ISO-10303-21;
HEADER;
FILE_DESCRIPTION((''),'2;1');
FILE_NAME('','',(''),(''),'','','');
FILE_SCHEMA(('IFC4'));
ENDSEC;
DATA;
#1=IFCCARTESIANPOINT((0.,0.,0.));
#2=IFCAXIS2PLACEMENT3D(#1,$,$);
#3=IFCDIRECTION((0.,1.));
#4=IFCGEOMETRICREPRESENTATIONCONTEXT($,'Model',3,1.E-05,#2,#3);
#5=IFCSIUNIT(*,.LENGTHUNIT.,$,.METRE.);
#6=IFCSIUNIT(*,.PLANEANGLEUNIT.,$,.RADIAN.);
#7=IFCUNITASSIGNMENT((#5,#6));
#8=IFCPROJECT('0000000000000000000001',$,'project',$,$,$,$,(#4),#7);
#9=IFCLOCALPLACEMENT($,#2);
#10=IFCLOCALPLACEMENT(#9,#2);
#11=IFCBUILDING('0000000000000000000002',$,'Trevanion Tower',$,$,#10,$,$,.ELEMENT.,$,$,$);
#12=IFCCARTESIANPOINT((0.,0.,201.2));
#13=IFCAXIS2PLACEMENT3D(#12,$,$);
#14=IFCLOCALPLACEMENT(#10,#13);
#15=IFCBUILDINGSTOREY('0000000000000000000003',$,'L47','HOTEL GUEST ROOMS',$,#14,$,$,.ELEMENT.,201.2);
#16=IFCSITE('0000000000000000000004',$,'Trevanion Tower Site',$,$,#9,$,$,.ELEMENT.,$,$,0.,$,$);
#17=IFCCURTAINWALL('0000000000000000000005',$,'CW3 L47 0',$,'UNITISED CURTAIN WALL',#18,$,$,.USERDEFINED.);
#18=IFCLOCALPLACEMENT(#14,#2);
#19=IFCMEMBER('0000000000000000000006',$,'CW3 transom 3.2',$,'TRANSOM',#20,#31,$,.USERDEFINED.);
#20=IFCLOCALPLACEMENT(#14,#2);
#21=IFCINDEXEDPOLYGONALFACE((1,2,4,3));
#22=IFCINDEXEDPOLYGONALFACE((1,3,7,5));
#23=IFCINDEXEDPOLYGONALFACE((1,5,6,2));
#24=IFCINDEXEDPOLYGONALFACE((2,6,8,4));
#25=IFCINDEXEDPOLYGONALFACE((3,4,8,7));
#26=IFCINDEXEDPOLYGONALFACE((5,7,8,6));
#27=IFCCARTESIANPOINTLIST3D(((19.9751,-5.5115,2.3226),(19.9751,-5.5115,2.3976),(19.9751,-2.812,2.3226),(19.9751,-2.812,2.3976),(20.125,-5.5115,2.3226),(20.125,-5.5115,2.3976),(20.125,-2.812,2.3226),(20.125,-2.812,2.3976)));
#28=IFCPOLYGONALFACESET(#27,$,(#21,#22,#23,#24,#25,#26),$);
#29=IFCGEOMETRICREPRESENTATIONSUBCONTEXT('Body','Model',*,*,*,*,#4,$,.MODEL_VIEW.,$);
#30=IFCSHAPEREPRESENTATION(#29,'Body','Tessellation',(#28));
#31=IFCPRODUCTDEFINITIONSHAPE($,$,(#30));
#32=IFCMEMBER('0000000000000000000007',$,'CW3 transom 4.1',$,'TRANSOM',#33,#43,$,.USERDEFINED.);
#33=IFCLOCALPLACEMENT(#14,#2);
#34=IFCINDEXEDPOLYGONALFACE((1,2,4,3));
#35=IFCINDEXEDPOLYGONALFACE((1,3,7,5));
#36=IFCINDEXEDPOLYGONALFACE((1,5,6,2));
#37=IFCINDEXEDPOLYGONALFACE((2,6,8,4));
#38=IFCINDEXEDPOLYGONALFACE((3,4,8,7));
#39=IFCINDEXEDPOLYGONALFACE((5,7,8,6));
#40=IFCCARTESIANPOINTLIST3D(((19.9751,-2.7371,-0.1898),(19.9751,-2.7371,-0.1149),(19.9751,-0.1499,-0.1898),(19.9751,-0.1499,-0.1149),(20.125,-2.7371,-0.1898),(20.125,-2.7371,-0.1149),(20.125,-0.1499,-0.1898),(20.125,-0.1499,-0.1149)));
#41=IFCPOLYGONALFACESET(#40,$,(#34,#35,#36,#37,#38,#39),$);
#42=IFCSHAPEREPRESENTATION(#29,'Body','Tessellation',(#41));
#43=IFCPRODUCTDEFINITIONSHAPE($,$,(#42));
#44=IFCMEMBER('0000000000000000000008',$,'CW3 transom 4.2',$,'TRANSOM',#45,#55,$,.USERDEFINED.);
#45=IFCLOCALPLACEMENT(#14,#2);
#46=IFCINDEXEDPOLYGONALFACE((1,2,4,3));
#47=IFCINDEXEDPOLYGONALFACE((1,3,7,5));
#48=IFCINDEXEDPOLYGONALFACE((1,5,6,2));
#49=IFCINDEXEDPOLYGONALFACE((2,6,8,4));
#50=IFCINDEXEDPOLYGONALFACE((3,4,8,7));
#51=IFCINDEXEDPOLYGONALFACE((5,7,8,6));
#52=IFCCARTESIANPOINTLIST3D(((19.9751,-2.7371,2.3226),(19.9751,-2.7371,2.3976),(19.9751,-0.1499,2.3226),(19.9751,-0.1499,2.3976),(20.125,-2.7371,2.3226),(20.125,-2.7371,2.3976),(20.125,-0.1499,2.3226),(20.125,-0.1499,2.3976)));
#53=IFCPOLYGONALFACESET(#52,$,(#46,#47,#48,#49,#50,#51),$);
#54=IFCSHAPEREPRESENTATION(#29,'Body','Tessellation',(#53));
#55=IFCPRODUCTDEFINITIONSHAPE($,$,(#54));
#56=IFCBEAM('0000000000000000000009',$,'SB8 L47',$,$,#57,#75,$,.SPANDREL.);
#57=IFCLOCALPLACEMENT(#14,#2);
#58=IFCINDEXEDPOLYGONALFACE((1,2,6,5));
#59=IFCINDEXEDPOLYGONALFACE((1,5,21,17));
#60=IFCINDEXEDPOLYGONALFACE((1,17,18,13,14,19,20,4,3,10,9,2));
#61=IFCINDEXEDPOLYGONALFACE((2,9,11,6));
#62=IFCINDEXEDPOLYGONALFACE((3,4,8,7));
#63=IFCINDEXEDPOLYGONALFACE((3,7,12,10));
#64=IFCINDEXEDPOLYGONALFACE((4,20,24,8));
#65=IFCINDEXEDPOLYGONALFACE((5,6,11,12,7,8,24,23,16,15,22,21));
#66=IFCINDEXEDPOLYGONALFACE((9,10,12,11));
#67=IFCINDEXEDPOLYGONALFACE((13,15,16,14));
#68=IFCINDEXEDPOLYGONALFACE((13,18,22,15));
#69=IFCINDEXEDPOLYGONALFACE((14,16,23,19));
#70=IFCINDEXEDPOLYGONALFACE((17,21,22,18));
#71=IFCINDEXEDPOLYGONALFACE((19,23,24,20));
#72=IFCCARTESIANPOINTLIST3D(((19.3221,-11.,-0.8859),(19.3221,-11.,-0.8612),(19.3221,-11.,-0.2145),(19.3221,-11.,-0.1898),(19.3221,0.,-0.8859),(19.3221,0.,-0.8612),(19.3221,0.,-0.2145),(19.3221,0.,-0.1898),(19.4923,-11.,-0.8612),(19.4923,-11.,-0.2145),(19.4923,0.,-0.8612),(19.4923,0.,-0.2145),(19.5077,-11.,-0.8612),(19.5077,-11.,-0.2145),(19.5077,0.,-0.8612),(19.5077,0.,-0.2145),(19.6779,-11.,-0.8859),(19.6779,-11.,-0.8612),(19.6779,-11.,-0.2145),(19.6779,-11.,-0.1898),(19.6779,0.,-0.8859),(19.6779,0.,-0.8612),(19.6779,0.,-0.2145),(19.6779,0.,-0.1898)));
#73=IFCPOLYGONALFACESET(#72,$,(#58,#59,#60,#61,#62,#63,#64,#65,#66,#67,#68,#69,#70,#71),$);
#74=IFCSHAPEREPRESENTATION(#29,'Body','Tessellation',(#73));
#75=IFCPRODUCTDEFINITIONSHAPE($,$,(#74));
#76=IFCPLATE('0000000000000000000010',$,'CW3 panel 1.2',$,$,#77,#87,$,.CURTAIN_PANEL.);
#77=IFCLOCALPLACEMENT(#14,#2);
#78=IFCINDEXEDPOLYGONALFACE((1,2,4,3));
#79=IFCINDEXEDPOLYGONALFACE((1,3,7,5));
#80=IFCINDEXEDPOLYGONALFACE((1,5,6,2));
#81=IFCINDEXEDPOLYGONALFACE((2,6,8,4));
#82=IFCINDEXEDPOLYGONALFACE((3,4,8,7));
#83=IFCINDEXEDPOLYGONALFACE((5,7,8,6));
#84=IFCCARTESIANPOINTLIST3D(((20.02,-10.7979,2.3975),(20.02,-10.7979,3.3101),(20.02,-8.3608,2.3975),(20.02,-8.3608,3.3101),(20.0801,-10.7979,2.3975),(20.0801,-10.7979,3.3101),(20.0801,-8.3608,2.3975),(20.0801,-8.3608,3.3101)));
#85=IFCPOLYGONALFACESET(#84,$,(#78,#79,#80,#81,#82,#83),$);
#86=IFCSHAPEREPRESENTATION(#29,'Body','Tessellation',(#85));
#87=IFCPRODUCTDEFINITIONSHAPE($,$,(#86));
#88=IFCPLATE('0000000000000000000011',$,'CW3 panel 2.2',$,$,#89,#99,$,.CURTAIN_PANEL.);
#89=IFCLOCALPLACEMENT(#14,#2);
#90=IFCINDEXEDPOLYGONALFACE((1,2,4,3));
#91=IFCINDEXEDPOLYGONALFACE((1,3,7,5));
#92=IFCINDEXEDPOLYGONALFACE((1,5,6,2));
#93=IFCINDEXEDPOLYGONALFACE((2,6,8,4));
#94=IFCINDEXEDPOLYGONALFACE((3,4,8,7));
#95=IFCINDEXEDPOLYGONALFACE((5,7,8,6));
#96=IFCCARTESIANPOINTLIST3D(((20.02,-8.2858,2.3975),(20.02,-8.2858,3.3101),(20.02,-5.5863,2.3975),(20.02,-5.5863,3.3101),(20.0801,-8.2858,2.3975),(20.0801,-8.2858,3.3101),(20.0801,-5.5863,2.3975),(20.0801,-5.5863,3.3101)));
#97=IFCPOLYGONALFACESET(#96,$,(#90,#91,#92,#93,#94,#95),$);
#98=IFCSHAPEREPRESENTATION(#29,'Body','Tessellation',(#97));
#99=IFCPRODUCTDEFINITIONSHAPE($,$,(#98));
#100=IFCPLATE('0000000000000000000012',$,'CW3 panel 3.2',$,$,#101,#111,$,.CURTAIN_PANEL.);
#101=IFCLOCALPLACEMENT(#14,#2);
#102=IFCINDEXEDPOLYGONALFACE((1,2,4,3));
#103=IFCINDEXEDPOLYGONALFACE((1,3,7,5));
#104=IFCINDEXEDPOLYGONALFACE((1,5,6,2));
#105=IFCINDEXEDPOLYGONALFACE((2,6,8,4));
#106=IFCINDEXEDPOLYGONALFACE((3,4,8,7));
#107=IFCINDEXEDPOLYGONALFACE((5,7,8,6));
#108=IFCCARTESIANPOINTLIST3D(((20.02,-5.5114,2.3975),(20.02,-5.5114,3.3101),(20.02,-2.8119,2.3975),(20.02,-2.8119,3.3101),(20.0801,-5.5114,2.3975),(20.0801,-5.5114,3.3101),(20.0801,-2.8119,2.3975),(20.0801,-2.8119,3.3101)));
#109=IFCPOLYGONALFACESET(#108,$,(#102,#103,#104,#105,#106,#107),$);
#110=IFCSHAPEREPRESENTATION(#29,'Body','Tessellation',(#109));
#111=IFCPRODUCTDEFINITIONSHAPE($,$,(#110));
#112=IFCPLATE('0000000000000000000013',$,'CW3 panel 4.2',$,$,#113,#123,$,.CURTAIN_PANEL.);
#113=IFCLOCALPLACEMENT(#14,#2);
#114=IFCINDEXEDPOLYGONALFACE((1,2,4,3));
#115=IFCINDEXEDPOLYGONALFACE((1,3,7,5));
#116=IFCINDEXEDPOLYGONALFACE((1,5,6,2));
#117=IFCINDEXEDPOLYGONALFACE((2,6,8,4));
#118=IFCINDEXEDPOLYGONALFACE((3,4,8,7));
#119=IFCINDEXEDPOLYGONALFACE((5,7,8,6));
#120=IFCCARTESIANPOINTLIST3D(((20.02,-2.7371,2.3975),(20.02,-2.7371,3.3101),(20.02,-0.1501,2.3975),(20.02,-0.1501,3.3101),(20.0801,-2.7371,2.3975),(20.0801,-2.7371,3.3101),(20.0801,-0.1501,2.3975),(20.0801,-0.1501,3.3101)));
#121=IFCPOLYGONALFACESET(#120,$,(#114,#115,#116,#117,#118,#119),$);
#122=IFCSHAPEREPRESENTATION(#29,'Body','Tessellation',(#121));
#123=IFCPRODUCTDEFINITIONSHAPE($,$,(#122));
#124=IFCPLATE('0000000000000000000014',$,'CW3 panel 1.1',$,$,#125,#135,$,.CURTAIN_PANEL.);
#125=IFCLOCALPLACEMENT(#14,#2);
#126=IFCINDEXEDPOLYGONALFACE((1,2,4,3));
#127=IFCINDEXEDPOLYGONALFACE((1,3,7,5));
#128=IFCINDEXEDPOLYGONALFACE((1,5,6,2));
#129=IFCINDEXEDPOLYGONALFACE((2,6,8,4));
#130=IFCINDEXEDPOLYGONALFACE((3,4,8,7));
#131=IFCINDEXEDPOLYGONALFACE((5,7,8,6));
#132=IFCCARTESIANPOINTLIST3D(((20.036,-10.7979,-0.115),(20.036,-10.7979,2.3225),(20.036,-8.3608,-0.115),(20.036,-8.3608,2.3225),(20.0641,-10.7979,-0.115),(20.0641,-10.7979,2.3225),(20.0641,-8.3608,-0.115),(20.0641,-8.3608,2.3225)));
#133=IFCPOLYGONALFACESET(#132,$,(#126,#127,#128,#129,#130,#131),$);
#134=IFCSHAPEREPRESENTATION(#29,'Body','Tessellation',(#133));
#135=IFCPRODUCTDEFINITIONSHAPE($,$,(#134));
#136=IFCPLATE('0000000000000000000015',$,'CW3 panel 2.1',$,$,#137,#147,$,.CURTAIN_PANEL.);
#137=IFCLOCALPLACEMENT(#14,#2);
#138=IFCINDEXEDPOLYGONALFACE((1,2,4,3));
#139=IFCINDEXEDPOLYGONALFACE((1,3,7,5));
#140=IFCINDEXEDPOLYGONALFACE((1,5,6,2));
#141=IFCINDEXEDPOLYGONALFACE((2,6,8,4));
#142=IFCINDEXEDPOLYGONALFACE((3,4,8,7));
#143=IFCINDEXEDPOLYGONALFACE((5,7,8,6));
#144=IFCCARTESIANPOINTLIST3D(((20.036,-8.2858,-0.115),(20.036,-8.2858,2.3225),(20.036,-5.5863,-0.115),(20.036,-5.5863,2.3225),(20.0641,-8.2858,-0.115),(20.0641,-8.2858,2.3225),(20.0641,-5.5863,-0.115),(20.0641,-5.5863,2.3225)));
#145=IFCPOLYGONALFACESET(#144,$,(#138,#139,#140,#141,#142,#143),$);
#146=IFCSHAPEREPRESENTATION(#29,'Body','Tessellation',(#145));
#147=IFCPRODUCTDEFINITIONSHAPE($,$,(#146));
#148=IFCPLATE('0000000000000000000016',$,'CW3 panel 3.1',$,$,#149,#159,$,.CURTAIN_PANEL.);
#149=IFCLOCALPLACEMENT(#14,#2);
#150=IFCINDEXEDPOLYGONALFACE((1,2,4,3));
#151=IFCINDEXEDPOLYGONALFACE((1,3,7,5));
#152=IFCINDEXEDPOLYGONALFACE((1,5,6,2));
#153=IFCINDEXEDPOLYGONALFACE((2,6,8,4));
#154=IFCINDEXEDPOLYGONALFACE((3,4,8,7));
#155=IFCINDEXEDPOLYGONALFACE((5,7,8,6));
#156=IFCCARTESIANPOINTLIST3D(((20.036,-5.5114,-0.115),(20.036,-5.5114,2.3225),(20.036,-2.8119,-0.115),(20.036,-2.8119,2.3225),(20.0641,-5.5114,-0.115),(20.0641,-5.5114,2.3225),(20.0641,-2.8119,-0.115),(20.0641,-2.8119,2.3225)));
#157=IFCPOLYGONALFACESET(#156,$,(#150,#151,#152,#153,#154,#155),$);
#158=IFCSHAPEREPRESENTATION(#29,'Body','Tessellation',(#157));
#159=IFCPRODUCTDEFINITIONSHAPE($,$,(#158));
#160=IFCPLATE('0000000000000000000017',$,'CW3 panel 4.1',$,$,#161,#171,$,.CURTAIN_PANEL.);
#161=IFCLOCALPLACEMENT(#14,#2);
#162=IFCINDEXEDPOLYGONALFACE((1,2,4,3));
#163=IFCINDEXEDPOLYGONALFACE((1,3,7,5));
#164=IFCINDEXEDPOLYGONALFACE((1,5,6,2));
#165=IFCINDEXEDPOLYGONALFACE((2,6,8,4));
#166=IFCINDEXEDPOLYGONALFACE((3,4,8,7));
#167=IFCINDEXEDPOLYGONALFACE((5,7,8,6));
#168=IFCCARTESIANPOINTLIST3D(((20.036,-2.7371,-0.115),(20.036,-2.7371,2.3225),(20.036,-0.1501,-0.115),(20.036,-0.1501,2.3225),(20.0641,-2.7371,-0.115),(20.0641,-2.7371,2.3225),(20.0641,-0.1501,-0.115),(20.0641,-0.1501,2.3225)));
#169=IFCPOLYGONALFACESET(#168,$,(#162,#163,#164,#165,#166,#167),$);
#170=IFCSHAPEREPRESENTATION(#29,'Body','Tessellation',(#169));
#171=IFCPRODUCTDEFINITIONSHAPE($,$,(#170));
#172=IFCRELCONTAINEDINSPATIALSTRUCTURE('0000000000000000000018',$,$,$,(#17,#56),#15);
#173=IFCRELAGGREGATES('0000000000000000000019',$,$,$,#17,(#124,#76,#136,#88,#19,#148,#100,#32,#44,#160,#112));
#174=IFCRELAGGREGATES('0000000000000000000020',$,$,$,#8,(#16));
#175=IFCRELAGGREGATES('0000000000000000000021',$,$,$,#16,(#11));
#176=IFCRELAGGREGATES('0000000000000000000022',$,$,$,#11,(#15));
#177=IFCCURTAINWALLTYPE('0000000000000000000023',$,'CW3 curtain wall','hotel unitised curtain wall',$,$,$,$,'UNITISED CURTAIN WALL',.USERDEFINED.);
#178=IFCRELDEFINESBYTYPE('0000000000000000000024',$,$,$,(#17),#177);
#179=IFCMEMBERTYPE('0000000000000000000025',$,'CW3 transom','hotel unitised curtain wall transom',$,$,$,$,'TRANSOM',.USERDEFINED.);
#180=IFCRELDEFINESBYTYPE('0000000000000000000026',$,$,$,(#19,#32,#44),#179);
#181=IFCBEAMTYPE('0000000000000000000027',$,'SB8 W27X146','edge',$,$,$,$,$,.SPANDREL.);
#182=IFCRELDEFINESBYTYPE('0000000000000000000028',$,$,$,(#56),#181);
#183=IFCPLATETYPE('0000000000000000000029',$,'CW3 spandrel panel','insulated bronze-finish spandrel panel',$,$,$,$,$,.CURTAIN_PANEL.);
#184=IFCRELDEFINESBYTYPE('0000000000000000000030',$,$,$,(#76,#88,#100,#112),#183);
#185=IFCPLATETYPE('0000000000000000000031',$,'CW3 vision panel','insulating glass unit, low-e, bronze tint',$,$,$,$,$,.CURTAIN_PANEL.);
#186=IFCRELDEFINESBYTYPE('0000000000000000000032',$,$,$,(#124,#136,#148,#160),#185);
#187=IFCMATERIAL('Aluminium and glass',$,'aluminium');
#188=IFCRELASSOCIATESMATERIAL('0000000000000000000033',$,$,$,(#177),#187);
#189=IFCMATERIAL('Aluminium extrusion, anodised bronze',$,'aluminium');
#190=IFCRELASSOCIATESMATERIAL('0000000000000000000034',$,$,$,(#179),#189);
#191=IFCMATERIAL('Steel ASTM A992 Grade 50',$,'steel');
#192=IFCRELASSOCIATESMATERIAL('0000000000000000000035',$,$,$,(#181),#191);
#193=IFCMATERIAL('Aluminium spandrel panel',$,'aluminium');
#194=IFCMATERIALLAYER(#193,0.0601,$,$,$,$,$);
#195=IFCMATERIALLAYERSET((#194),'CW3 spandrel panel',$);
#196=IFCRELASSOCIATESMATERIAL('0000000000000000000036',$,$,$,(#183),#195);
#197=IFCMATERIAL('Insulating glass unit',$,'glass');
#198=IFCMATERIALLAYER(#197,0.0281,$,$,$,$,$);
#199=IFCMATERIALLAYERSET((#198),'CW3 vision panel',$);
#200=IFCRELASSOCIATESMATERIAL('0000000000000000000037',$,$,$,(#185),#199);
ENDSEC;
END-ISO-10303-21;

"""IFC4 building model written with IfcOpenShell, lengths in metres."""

from ifc_helpers import new_model, si_unit, direction, frame, origin, origin_2d, place, context, subcontext, project, spatial, rectangle, i_section, extrude, material, layer, layer_set, material_profile, profile_set, type_object, element, aggregate, save


model = new_model("IFC4")

# Units and contexts
model_context = context("Model", 3, precision=1e-05, world=origin(), true_north=direction((0.0, 1.0)))
body_context = subcontext(model_context, "Body", "Model", "MODEL_VIEW")
ifc_project = project(units=[si_unit("LENGTHUNIT", "METRE"), si_unit("PLANEANGLEUNIT", "RADIAN")], contexts=[model_context])

# Site, building, storey
site_placement = place(None, origin())
site = spatial("IfcSite", under=ifc_project, at=site_placement, Name="Trevanion Tower Site", CompositionType="ELEMENT", RefElevation=0.0)
building_placement = place(site_placement, origin())
building = spatial("IfcBuilding", under=site, at=building_placement, Name="Trevanion Tower", CompositionType="ELEMENT")
storey_placement = place(building_placement, frame((0.0, 0.0, 201.2)))
storey = spatial("IfcBuildingStorey", under=building, at=storey_placement, Name="L47", Description="HOTEL GUEST ROOMS", CompositionType="ELEMENT", Elevation=201.2)

# Curtain wall, members
ifc_material_1 = material(Name="Aluminium and glass", Category="aluminium")
curtain_wall_type = type_object("IfcCurtainWallType", Name="CW3 curtain wall", Description="hotel unitised curtain wall", ElementType="UNITISED CURTAIN WALL", PredefinedType="USERDEFINED", material=ifc_material_1)
curtain_wall_placement = place(storey_placement, origin())
curtain_wall = element("IfcCurtainWall", 1, at=curtain_wall_placement, inside=storey, type_object=curtain_wall_type, Name="CW3 L47 0", ObjectType="UNITISED CURTAIN WALL", PredefinedType="USERDEFINED")
ifc_material_2 = material(Name="Aluminium extrusion, anodised bronze", Category="aluminium")
ifc_material_profile_1 = material_profile(ifc_material_2, rectangle(XDim=0.1499, YDim=0.075, at=origin_2d()), Name="CW3 transom")
ifc_profile_set_1 = profile_set([ifc_material_profile_1], Name="Aluminium extrusion, anodised bronze")
member_type_1 = type_object("IfcMemberType", Name="CW3 transom", Description="hotel unitised curtain wall transom", ElementType="TRANSOM", PredefinedType="USERDEFINED", material=ifc_profile_set_1)
member_1_placement = place(storey_placement, frame((20.05, -5.5115, 2.3601), z_axis=(0.0, 1.0, 0.0), x_axis=(-1.0, 0.0, 0.0)))
member_1 = element("IfcMember", 2, at=member_1_placement, type_object=member_type_1, Name="CW3 transom 3.2", ObjectType="TRANSOM", PredefinedType="USERDEFINED", context=body_context, shape_type="SweptSolid", body=[
    extrude(rectangle(XDim=0.1499, YDim=0.075, at=origin_2d()), origin(), (0.0, 0.0, 1.0), 2.6995),
])
member_2_placement = place(storey_placement, frame((20.05, -2.7371, -0.1523), z_axis=(0.0, 1.0, 0.0), x_axis=(-1.0, 0.0, 0.0)))
member_2 = element("IfcMember", 3, at=member_2_placement, type_object=member_type_1, Name="CW3 transom 4.1", ObjectType="TRANSOM", PredefinedType="USERDEFINED", context=body_context, shape_type="SweptSolid", body=[
    extrude(rectangle(XDim=0.1499, YDim=0.075, at=origin_2d()), origin(), (0.0, 0.0, 1.0), 2.5872),
])
member_3_placement = place(storey_placement, frame((20.05, -2.7371, 2.3601), z_axis=(0.0, 1.0, 0.0), x_axis=(-1.0, 0.0, 0.0)))
member_3 = element("IfcMember", 4, at=member_3_placement, type_object=member_type_1, Name="CW3 transom 4.2", ObjectType="TRANSOM", PredefinedType="USERDEFINED", context=body_context, shape_type="SweptSolid", body=[
    extrude(rectangle(XDim=0.1499, YDim=0.075, at=origin_2d()), origin(), (0.0, 0.0, 1.0), 2.5872),
])

# Beam
ifc_material_3 = material(Name="Steel ASTM A992 Grade 50", Category="steel")
ifc_material_profile_2 = material_profile(ifc_material_3, i_section(OverallWidth=0.3557, OverallDepth=0.696, WebThickness=0.0154, FlangeThickness=0.0247, at=origin_2d()), Name="W27X146")
ifc_profile_set_2 = profile_set([ifc_material_profile_2], Name="Steel ASTM A992 Grade 50")
beam_type_1 = type_object("IfcBeamType", Name="SB8 W27X146", Description="edge", PredefinedType="SPANDREL", material=ifc_profile_set_2)
beam_placement = place(storey_placement, frame((19.5, -11.0, -0.5378), z_axis=(0.0, 1.0, 0.0), x_axis=(-1.0, 0.0, 0.0)))
element("IfcBeam", 5, at=beam_placement, inside=storey, type_object=beam_type_1, Name="SB8 L47", PredefinedType="SPANDREL", context=body_context, shape_type="SweptSolid", body=[
    extrude(i_section(OverallWidth=0.3557, OverallDepth=0.696, WebThickness=0.0154, FlangeThickness=0.0247, at=origin_2d()), origin(), (0.0, 0.0, 1.0), 11.0),
])

# Plates
ifc_material_4 = material(Name="Aluminium spandrel panel", Category="aluminium")
ifc_layer_1 = layer(ifc_material_4, 0.0601)
ifc_layer_set_1 = layer_set([ifc_layer_1], Name="CW3 spandrel panel")
plate_type_1 = type_object("IfcPlateType", Name="CW3 spandrel panel", Description="insulated bronze-finish spandrel panel", PredefinedType="CURTAIN_PANEL", material=ifc_layer_set_1)
plate_1_placement = place(storey_placement, frame((20.05, -9.5793, 2.3975), z_axis=(0.0, 0.0, 1.0), x_axis=(0.0, 1.0, 0.0)))
plate_1 = element("IfcPlate", 6, at=plate_1_placement, type_object=plate_type_1, Name="CW3 panel 1.2", PredefinedType="CURTAIN_PANEL", context=body_context, shape_type="SweptSolid", body=[
    extrude(rectangle(XDim=2.437, YDim=0.0601, at=origin_2d()), origin(), (0.0, 0.0, 1.0), 0.9126),
])
plate_2_placement = place(storey_placement, frame((20.05, -6.936, 2.3975), z_axis=(0.0, 0.0, 1.0), x_axis=(0.0, 1.0, 0.0)))
plate_2 = element("IfcPlate", 7, at=plate_2_placement, type_object=plate_type_1, Name="CW3 panel 2.2", PredefinedType="CURTAIN_PANEL", context=body_context, shape_type="SweptSolid", body=[
    extrude(rectangle(XDim=2.6995, YDim=0.0601, at=origin_2d()), origin(), (0.0, 0.0, 1.0), 0.9126),
])
plate_3_placement = place(storey_placement, frame((20.05, -4.1616, 2.3975), z_axis=(0.0, 0.0, 1.0), x_axis=(0.0, 1.0, 0.0)))
plate_3 = element("IfcPlate", 8, at=plate_3_placement, type_object=plate_type_1, Name="CW3 panel 3.2", PredefinedType="CURTAIN_PANEL", context=body_context, shape_type="SweptSolid", body=[
    extrude(rectangle(XDim=2.6995, YDim=0.0601, at=origin_2d()), origin(), (0.0, 0.0, 1.0), 0.9126),
])
plate_4_placement = place(storey_placement, frame((20.05, -1.4436, 2.3975), z_axis=(0.0, 0.0, 1.0), x_axis=(0.0, 1.0, 0.0)))
plate_4 = element("IfcPlate", 9, at=plate_4_placement, type_object=plate_type_1, Name="CW3 panel 4.2", PredefinedType="CURTAIN_PANEL", context=body_context, shape_type="SweptSolid", body=[
    extrude(rectangle(XDim=2.5869, YDim=0.0601, at=origin_2d()), origin(), (0.0, 0.0, 1.0), 0.9126),
])
ifc_material_5 = material(Name="Insulating glass unit", Category="glass")
ifc_layer_2 = layer(ifc_material_5, 0.0281)
ifc_layer_set_2 = layer_set([ifc_layer_2], Name="CW3 vision panel")
plate_type_2 = type_object("IfcPlateType", Name="CW3 vision panel", Description="insulating glass unit, low-e, bronze tint", PredefinedType="CURTAIN_PANEL", material=ifc_layer_set_2)
plate_5_placement = place(storey_placement, frame((20.05, -9.5793, -0.115), z_axis=(0.0, 0.0, 1.0), x_axis=(0.0, 1.0, 0.0)))
plate_5 = element("IfcPlate", 10, at=plate_5_placement, type_object=plate_type_2, Name="CW3 panel 1.1", PredefinedType="CURTAIN_PANEL", context=body_context, shape_type="SweptSolid", body=[
    extrude(rectangle(XDim=2.437, YDim=0.0281, at=origin_2d()), origin(), (0.0, 0.0, 1.0), 2.4375),
])
plate_6_placement = place(storey_placement, frame((20.05, -6.936, -0.115), z_axis=(0.0, 0.0, 1.0), x_axis=(0.0, 1.0, 0.0)))
plate_6 = element("IfcPlate", 11, at=plate_6_placement, type_object=plate_type_2, Name="CW3 panel 2.1", PredefinedType="CURTAIN_PANEL", context=body_context, shape_type="SweptSolid", body=[
    extrude(rectangle(XDim=2.6995, YDim=0.0281, at=origin_2d()), origin(), (0.0, 0.0, 1.0), 2.4375),
])
plate_7_placement = place(storey_placement, frame((20.05, -4.1616, -0.115), z_axis=(0.0, 0.0, 1.0), x_axis=(0.0, 1.0, 0.0)))
plate_7 = element("IfcPlate", 12, at=plate_7_placement, type_object=plate_type_2, Name="CW3 panel 3.1", PredefinedType="CURTAIN_PANEL", context=body_context, shape_type="SweptSolid", body=[
    extrude(rectangle(XDim=2.6995, YDim=0.0281, at=origin_2d()), origin(), (0.0, 0.0, 1.0), 2.4375),
])
plate_8_placement = place(storey_placement, frame((20.05, -1.4436, -0.115), z_axis=(0.0, 0.0, 1.0), x_axis=(0.0, 1.0, 0.0)))
plate_8 = element("IfcPlate", 13, at=plate_8_placement, type_object=plate_type_2, Name="CW3 panel 4.1", PredefinedType="CURTAIN_PANEL", context=body_context, shape_type="SweptSolid", body=[
    extrude(rectangle(XDim=2.5869, YDim=0.0281, at=origin_2d()), origin(), (0.0, 0.0, 1.0), 2.4375),
])
aggregate(curtain_wall, [plate_5, plate_1, plate_6, plate_2, member_1, plate_7, plate_3, member_2, member_3, plate_8, plate_4])

save(model, "model.ifc")
